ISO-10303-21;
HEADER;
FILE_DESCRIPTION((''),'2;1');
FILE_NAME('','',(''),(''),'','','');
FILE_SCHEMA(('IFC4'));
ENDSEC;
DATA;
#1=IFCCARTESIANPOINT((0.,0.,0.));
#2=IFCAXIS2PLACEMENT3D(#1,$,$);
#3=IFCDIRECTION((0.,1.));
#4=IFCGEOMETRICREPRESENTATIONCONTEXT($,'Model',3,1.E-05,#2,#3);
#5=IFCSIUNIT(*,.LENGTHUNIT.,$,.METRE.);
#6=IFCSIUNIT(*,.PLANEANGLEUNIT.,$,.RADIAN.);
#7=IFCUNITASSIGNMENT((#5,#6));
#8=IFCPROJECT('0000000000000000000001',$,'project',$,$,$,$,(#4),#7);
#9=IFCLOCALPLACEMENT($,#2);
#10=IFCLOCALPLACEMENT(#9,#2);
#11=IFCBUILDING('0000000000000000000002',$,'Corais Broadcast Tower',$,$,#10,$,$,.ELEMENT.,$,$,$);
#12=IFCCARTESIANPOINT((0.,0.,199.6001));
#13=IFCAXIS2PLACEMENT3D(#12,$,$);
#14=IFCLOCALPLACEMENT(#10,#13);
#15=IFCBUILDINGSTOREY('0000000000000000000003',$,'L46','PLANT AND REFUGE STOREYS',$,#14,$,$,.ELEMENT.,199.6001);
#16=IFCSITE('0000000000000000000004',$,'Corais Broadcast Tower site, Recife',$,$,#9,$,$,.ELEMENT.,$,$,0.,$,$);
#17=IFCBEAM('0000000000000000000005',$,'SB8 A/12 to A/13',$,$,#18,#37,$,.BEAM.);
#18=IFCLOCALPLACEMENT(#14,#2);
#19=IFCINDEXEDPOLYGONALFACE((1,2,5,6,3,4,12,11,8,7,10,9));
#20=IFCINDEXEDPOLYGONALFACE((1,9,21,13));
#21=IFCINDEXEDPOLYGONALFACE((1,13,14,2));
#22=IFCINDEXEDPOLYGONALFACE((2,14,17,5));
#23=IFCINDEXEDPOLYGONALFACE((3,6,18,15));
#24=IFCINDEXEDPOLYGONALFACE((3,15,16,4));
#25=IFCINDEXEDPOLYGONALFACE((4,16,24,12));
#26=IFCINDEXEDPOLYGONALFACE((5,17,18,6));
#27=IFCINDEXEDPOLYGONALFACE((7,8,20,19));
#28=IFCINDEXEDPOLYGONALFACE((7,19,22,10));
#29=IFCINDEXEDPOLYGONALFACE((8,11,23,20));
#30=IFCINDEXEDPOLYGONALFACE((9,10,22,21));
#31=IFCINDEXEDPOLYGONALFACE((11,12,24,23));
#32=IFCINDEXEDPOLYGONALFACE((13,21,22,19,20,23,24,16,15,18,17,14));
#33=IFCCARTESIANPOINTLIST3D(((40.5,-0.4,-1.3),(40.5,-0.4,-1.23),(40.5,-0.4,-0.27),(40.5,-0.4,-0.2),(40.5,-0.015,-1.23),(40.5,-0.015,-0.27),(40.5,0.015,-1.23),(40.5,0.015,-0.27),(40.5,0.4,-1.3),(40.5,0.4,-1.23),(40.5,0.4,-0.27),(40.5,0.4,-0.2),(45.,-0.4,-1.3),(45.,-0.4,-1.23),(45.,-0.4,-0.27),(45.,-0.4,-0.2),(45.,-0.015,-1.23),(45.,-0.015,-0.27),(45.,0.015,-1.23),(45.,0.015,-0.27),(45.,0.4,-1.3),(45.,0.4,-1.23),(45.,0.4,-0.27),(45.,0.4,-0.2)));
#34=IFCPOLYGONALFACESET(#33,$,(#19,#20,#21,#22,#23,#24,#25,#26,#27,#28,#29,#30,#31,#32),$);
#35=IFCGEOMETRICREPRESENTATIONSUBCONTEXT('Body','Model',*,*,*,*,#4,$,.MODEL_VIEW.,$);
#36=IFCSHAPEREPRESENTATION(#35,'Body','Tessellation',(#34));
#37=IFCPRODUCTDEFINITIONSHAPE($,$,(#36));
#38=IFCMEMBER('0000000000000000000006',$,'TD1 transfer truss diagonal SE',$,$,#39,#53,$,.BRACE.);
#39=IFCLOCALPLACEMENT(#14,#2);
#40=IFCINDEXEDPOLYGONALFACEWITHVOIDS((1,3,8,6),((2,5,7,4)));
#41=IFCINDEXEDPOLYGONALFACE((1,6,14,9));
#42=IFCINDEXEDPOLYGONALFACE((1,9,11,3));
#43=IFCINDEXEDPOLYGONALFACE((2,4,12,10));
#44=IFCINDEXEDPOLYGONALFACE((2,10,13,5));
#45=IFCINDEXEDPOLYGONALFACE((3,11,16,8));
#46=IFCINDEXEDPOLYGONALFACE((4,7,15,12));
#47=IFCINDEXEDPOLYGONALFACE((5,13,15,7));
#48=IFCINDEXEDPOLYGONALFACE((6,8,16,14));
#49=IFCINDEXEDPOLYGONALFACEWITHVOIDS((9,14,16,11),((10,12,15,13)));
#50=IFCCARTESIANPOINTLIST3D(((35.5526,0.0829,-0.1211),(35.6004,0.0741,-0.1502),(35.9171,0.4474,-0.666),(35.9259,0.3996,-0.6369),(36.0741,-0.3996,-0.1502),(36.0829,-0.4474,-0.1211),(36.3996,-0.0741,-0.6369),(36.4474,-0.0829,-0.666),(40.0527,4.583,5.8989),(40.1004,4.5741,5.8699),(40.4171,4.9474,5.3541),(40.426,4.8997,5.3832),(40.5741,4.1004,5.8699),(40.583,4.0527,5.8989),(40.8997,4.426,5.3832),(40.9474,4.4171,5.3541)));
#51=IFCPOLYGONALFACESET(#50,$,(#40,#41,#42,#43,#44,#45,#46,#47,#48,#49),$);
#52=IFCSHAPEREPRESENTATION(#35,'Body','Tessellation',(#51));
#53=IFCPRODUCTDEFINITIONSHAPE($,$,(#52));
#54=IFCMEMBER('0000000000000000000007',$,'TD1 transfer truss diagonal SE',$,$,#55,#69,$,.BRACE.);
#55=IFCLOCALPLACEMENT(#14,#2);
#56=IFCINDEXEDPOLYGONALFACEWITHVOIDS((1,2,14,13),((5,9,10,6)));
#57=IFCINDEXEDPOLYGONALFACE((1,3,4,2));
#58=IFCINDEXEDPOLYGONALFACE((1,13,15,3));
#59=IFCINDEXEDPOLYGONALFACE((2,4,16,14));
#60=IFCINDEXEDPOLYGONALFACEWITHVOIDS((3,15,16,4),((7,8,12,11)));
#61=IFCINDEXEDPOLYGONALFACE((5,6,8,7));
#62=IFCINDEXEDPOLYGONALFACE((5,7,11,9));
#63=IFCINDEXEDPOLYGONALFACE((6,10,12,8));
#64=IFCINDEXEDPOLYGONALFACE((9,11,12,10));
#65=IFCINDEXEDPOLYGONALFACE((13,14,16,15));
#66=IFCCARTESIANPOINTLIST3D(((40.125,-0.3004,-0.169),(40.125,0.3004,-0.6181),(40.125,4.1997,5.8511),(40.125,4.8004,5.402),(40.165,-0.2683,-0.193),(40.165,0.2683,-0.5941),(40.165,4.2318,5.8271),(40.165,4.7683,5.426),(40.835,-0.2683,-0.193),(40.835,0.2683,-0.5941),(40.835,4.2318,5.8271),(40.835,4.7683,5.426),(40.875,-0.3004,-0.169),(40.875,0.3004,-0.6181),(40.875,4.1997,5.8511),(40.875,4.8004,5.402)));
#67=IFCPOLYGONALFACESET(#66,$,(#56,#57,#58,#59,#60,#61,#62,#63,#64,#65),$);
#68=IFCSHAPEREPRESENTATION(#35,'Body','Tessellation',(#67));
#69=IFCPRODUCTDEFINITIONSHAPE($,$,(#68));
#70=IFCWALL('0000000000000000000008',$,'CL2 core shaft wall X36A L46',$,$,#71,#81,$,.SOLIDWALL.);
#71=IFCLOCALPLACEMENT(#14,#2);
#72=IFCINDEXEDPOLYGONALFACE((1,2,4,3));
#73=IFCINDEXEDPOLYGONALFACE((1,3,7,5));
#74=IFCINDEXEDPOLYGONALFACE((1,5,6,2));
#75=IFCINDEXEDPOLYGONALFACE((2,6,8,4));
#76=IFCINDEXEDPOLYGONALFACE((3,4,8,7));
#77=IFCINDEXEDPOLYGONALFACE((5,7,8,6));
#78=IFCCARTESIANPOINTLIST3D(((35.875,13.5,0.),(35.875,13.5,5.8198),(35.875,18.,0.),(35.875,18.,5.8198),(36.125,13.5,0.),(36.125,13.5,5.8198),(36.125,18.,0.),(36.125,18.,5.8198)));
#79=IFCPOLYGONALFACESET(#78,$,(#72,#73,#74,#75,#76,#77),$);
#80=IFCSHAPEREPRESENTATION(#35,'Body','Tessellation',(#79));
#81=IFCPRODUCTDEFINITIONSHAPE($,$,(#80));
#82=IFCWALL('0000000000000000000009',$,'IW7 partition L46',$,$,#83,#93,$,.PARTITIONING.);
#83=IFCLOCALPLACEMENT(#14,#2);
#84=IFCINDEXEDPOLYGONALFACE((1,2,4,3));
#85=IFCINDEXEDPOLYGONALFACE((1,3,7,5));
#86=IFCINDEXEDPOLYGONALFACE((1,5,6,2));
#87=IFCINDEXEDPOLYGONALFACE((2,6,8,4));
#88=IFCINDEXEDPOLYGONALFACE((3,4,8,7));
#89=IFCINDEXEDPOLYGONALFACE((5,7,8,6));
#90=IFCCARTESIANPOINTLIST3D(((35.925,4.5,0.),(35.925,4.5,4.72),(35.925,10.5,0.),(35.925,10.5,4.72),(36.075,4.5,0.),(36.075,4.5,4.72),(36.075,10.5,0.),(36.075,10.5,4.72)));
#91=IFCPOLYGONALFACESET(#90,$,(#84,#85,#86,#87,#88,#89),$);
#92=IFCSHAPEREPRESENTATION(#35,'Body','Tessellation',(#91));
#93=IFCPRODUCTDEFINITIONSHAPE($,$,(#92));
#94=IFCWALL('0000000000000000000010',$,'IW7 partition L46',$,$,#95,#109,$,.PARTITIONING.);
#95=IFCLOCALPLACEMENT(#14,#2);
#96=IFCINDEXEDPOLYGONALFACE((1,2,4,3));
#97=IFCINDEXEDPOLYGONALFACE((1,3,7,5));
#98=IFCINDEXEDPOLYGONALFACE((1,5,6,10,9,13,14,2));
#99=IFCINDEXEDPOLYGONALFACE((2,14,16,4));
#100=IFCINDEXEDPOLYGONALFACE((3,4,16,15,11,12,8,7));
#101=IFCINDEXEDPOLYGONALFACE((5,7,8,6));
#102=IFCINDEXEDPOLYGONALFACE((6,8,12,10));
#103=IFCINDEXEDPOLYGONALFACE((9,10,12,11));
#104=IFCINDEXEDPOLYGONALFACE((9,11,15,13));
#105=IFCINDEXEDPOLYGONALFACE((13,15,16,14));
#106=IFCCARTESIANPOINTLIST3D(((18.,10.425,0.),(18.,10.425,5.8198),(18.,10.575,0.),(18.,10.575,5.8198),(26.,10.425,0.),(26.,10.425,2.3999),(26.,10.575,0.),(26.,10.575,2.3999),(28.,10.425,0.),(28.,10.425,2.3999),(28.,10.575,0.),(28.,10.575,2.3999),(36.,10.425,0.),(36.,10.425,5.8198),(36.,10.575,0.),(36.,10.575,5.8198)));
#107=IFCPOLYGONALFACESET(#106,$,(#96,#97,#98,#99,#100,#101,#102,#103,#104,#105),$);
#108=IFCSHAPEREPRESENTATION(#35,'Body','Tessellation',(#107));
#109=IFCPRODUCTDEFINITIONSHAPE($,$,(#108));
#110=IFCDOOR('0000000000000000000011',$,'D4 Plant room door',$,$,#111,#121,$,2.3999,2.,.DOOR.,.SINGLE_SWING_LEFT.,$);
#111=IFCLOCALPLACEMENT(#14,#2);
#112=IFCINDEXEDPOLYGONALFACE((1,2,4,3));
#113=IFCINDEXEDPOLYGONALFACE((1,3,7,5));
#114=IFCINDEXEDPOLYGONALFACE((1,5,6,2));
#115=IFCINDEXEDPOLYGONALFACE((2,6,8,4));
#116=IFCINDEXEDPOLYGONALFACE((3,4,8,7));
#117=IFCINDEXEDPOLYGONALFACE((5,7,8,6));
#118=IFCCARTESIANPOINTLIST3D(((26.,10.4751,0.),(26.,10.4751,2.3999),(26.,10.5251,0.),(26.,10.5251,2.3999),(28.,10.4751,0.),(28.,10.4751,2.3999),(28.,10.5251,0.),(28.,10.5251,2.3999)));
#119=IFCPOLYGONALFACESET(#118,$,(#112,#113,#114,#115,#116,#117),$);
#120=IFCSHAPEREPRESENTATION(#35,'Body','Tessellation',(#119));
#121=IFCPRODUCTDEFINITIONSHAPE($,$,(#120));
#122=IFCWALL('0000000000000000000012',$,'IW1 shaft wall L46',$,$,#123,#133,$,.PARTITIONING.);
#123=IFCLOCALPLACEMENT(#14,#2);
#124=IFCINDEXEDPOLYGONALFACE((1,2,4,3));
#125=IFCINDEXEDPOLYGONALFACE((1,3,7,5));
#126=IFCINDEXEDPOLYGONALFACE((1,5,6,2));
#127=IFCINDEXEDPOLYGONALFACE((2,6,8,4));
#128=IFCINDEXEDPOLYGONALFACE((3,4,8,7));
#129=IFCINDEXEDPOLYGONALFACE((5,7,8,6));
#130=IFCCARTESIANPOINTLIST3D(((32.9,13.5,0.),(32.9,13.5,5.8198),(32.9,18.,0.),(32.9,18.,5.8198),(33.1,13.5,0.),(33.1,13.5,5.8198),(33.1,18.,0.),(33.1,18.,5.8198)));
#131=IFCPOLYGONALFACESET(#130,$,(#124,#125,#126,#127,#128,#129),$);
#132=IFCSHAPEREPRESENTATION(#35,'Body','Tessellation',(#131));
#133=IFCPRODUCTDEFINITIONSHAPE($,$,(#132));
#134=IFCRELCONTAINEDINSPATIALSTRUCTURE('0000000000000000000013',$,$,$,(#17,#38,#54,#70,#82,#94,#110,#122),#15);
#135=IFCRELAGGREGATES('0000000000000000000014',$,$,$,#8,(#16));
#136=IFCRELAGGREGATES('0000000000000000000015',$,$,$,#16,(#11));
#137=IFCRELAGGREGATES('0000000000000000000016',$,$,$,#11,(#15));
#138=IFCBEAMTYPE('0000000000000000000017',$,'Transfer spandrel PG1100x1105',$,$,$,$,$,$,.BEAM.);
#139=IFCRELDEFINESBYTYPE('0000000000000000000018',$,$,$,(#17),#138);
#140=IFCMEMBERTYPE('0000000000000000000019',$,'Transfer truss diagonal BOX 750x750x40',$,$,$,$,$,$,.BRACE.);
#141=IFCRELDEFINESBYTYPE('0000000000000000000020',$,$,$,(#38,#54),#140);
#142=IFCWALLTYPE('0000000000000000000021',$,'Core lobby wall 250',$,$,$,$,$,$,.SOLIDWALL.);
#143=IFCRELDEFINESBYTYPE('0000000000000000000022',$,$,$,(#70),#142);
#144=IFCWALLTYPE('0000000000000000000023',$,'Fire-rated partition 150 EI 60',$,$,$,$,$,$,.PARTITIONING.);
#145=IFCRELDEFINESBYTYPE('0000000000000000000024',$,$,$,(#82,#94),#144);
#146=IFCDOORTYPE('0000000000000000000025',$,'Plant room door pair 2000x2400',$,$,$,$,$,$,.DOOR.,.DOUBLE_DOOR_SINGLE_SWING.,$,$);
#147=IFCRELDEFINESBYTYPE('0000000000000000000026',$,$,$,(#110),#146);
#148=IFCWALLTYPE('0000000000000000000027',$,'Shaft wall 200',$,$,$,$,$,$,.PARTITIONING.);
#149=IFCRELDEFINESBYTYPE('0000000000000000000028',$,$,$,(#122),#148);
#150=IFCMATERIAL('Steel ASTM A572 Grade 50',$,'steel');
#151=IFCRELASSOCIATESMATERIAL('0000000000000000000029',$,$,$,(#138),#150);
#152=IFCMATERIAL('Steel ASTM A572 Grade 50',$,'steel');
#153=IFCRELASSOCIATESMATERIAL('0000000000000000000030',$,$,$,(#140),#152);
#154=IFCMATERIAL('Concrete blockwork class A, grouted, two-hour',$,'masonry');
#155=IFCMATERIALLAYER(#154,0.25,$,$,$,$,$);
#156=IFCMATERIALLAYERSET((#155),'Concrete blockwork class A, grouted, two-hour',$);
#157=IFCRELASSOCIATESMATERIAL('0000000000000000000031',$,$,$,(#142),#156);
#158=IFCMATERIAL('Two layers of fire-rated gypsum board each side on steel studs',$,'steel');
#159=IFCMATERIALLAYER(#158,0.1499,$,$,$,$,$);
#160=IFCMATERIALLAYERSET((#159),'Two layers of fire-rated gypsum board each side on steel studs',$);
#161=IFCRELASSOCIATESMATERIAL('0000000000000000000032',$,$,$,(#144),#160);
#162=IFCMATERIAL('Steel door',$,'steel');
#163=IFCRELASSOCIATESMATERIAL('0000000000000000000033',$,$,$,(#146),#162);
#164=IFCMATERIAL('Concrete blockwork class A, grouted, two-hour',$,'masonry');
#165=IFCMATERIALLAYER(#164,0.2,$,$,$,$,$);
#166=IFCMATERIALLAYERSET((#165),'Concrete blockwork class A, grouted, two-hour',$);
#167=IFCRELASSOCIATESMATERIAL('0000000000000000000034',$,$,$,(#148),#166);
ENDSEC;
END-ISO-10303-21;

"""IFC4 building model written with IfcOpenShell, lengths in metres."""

from ifc_helpers import new_model, si_unit, direction, frame, frame_2d, origin, origin_2d, place, context, subcontext, project, spatial, rectangle, hollow_rectangle, i_section, extrude, material, layer, layer_set, material_profile, profile_set, type_object, element, fill, save


model = new_model("IFC4")

# Units and contexts
model_context = context("Model", 3, precision=1e-05, world=origin(), true_north=direction((0.0, 1.0)))
body_context = subcontext(model_context, "Body", "Model", "MODEL_VIEW")
ifc_project = project(units=[si_unit("LENGTHUNIT", "METRE"), si_unit("PLANEANGLEUNIT", "RADIAN")], contexts=[model_context])

# Site, building, storey
site_placement = place(None, origin())
site = spatial("IfcSite", under=ifc_project, at=site_placement, Name="Corais Broadcast Tower site, Recife", CompositionType="ELEMENT", RefElevation=0.0)
building_placement = place(site_placement, origin())
building = spatial("IfcBuilding", under=site, at=building_placement, Name="Corais Broadcast Tower", CompositionType="ELEMENT")
storey_placement = place(building_placement, frame((0.0, 0.0, 199.6001)))
storey = spatial("IfcBuildingStorey", under=building, at=storey_placement, Name="L46", Description="PLANT AND REFUGE STOREYS", CompositionType="ELEMENT", Elevation=199.6001)

# Beam
ifc_material_1 = material(Name="Steel ASTM A572 Grade 50", Category="steel")
ifc_material_profile_1 = material_profile(ifc_material_1, i_section(OverallWidth=0.8, OverallDepth=1.1001, WebThickness=0.03, FlangeThickness=0.0701, at=origin_2d()), Name="PG1100x1105")
ifc_profile_set_1 = profile_set([ifc_material_profile_1], Name="Steel ASTM A572 Grade 50")
beam_type_1 = type_object("IfcBeamType", Name="Transfer spandrel PG1100x1105", PredefinedType="BEAM", material=ifc_profile_set_1)
beam_1_placement = place(storey_placement, frame((40.5, 0.0, -0.75), z_axis=(1.0, 0.0, 0.0), x_axis=(0.0, 1.0, 0.0)))
element("IfcBeam", 1, at=beam_1_placement, inside=storey, type_object=beam_type_1, Name="SB8 A/12 to A/13", PredefinedType="BEAM", context=body_context, shape_type="SweptSolid", body=[
    extrude(i_section(OverallWidth=0.8, OverallDepth=1.1001, WebThickness=0.03, FlangeThickness=0.0701, at=origin_2d()), origin(), (0.0, 0.0, 1.0), 4.5),
])

# Members
ifc_material_2 = material(Name="Steel ASTM A572 Grade 50", Category="steel")
ifc_material_profile_2 = material_profile(ifc_material_2, hollow_rectangle(XDim=0.75, YDim=0.75, WallThickness=0.04, at=origin_2d()), Name="BOX 750x750x40")
ifc_profile_set_2 = profile_set([ifc_material_profile_2], Name="Steel ASTM A572 Grade 50")
member_type = type_object("IfcMemberType", Name="Transfer truss diagonal BOX 750x750x40", PredefinedType="BRACE", material=ifc_profile_set_2)
member_1_placement = place(storey_placement, frame((36.0, 0.0, -0.3936), z_axis=(0.513688, 0.513688, 0.687203), x_axis=(-0.707107, 0.707107, 0.0)))
element("IfcMember", 2, at=member_1_placement, inside=storey, type_object=member_type, Name="TD1 transfer truss diagonal SE", PredefinedType="BRACE", context=body_context, shape_type="SweptSolid", body=[
    extrude(hollow_rectangle(XDim=0.75, YDim=0.75, WallThickness=0.04, at=origin_2d()), origin(), (0.0, 0.0, 1.0), 8.7603),
])
member_2_placement = place(storey_placement, frame((40.5, 0.0, -0.3936), z_axis=(0.0, 0.598721, 0.800958), x_axis=(-1.0, 0.0, 0.0)))
element("IfcMember", 3, at=member_2_placement, inside=storey, type_object=member_type, Name="TD1 transfer truss diagonal SE", PredefinedType="BRACE", context=body_context, shape_type="SweptSolid", body=[
    extrude(hollow_rectangle(XDim=0.75, YDim=0.75, WallThickness=0.04, at=origin_2d()), origin(), (0.0, 0.0, 1.0), 7.5161),
])

# Walls
ifc_material_3 = material(Name="Concrete blockwork class A, grouted, two-hour", Category="masonry")
ifc_layer_1 = layer(ifc_material_3, 0.25)
ifc_layer_set_1 = layer_set([ifc_layer_1], Name="Concrete blockwork class A, grouted, two-hour")
wall_type_1 = type_object("IfcWallType", Name="Core lobby wall 250", PredefinedType="SOLIDWALL", material=ifc_layer_set_1)
wall_1_placement = place(storey_placement, frame((36.0, 13.5, 0.0), z_axis=(0.0, 0.0, 1.0), x_axis=(0.0, 1.0, 0.0)))
element("IfcWall", 4, at=wall_1_placement, inside=storey, type_object=wall_type_1, Name="CL2 core shaft wall X36A L46", PredefinedType="SOLIDWALL", context=body_context, shape_type="SweptSolid", body=[
    extrude(rectangle(XDim=4.5, YDim=0.25, at=frame_2d((2.25, 0.0))), origin(), (0.0, 0.0, 1.0), 5.8198),
])
ifc_material_4 = material(Name="Two layers of fire-rated gypsum board each side on steel studs", Category="steel")
ifc_layer_2 = layer(ifc_material_4, 0.1499)
ifc_layer_set_2 = layer_set([ifc_layer_2], Name="Two layers of fire-rated gypsum board each side on steel studs")
wall_type_2 = type_object("IfcWallType", Name="Fire-rated partition 150 EI 60", PredefinedType="PARTITIONING", material=ifc_layer_set_2)
wall_2_placement = place(storey_placement, frame((36.0, 4.5, 0.0), z_axis=(0.0, 0.0, 1.0), x_axis=(0.0, 1.0, 0.0)))
element("IfcWall", 5, at=wall_2_placement, inside=storey, type_object=wall_type_2, Name="IW7 partition L46", PredefinedType="PARTITIONING", context=body_context, shape_type="SweptSolid", body=[
    extrude(rectangle(XDim=6.0, YDim=0.1499, at=frame_2d((3.0, 0.0))), origin(), (0.0, 0.0, 1.0), 4.72),
])

# Wall, opening, door
wall_3_placement = place(storey_placement, frame((36.0, 10.5, 0.0), z_axis=(0.0, 0.0, 1.0), x_axis=(-1.0, 0.0, 0.0)))
wall_3 = element("IfcWall", 6, at=wall_3_placement, inside=storey, type_object=wall_type_2, Name="IW7 partition L46", PredefinedType="PARTITIONING", context=body_context, shape_type="SweptSolid", body=[
    extrude(rectangle(XDim=18.0, YDim=0.1499, at=frame_2d((9.0, 0.0))), origin(), (0.0, 0.0, 1.0), 5.8198),
])
opening_1_placement = place(wall_3_placement, frame((8.0, 0.0, 0.0)))
opening_1 = element("IfcOpeningElement", 7, at=opening_1_placement, cuts=wall_3, PredefinedType="OPENING", context=body_context, shape_type="SweptSolid", body=[
    extrude(rectangle(XDim=2.0, YDim=2.3999, at=frame_2d((1.0, 1.2))), frame((0.0, 0.085, 0.0), z_axis=(0.0, -1.0, 0.0), x_axis=(1.0, 0.0, 0.0)), (0.0, 0.0, 1.0), 0.1699),
])
ifc_material_5 = material(Name="Steel door", Category="steel")
door_type = type_object("IfcDoorType", Name="Plant room door pair 2000x2400", OperationType="DOUBLE_DOOR_SINGLE_SWING", PredefinedType="DOOR", material=ifc_material_5)
door_placement = place(opening_1_placement, origin())
door = element("IfcDoor", 8, at=door_placement, inside=storey, type_object=door_type, Name="D4 Plant room door", OperationType="SINGLE_SWING_LEFT", OverallHeight=2.3999, OverallWidth=2.0, PredefinedType="DOOR", context=body_context, shape_type="SweptSolid", body=[
    extrude(rectangle(XDim=2.0, YDim=2.3999, at=frame_2d((1.0, 1.2))), frame((0.0, 0.0249, 0.0), z_axis=(0.0, -1.0, 0.0), x_axis=(1.0, 0.0, 0.0)), (0.0, 0.0, 1.0), 0.05),
])
fill(opening_1, door)

# Wall
ifc_material_6 = material(Name="Concrete blockwork class A, grouted, two-hour", Category="masonry")
ifc_layer_3 = layer(ifc_material_6, 0.2)
ifc_layer_set_3 = layer_set([ifc_layer_3], Name="Concrete blockwork class A, grouted, two-hour")
wall_type_3 = type_object("IfcWallType", Name="Shaft wall 200", PredefinedType="PARTITIONING", material=ifc_layer_set_3)
wall_4_placement = place(storey_placement, frame((33.0, 13.5, 0.0), z_axis=(0.0, 0.0, 1.0), x_axis=(0.0, 1.0, 0.0)))
element("IfcWall", 9, at=wall_4_placement, inside=storey, type_object=wall_type_3, Name="IW1 shaft wall L46", PredefinedType="PARTITIONING", context=body_context, shape_type="SweptSolid", body=[
    extrude(rectangle(XDim=4.5, YDim=0.2, at=frame_2d((2.25, 0.0))), origin(), (0.0, 0.0, 1.0), 5.8198),
])

save(model, "model.ifc")
